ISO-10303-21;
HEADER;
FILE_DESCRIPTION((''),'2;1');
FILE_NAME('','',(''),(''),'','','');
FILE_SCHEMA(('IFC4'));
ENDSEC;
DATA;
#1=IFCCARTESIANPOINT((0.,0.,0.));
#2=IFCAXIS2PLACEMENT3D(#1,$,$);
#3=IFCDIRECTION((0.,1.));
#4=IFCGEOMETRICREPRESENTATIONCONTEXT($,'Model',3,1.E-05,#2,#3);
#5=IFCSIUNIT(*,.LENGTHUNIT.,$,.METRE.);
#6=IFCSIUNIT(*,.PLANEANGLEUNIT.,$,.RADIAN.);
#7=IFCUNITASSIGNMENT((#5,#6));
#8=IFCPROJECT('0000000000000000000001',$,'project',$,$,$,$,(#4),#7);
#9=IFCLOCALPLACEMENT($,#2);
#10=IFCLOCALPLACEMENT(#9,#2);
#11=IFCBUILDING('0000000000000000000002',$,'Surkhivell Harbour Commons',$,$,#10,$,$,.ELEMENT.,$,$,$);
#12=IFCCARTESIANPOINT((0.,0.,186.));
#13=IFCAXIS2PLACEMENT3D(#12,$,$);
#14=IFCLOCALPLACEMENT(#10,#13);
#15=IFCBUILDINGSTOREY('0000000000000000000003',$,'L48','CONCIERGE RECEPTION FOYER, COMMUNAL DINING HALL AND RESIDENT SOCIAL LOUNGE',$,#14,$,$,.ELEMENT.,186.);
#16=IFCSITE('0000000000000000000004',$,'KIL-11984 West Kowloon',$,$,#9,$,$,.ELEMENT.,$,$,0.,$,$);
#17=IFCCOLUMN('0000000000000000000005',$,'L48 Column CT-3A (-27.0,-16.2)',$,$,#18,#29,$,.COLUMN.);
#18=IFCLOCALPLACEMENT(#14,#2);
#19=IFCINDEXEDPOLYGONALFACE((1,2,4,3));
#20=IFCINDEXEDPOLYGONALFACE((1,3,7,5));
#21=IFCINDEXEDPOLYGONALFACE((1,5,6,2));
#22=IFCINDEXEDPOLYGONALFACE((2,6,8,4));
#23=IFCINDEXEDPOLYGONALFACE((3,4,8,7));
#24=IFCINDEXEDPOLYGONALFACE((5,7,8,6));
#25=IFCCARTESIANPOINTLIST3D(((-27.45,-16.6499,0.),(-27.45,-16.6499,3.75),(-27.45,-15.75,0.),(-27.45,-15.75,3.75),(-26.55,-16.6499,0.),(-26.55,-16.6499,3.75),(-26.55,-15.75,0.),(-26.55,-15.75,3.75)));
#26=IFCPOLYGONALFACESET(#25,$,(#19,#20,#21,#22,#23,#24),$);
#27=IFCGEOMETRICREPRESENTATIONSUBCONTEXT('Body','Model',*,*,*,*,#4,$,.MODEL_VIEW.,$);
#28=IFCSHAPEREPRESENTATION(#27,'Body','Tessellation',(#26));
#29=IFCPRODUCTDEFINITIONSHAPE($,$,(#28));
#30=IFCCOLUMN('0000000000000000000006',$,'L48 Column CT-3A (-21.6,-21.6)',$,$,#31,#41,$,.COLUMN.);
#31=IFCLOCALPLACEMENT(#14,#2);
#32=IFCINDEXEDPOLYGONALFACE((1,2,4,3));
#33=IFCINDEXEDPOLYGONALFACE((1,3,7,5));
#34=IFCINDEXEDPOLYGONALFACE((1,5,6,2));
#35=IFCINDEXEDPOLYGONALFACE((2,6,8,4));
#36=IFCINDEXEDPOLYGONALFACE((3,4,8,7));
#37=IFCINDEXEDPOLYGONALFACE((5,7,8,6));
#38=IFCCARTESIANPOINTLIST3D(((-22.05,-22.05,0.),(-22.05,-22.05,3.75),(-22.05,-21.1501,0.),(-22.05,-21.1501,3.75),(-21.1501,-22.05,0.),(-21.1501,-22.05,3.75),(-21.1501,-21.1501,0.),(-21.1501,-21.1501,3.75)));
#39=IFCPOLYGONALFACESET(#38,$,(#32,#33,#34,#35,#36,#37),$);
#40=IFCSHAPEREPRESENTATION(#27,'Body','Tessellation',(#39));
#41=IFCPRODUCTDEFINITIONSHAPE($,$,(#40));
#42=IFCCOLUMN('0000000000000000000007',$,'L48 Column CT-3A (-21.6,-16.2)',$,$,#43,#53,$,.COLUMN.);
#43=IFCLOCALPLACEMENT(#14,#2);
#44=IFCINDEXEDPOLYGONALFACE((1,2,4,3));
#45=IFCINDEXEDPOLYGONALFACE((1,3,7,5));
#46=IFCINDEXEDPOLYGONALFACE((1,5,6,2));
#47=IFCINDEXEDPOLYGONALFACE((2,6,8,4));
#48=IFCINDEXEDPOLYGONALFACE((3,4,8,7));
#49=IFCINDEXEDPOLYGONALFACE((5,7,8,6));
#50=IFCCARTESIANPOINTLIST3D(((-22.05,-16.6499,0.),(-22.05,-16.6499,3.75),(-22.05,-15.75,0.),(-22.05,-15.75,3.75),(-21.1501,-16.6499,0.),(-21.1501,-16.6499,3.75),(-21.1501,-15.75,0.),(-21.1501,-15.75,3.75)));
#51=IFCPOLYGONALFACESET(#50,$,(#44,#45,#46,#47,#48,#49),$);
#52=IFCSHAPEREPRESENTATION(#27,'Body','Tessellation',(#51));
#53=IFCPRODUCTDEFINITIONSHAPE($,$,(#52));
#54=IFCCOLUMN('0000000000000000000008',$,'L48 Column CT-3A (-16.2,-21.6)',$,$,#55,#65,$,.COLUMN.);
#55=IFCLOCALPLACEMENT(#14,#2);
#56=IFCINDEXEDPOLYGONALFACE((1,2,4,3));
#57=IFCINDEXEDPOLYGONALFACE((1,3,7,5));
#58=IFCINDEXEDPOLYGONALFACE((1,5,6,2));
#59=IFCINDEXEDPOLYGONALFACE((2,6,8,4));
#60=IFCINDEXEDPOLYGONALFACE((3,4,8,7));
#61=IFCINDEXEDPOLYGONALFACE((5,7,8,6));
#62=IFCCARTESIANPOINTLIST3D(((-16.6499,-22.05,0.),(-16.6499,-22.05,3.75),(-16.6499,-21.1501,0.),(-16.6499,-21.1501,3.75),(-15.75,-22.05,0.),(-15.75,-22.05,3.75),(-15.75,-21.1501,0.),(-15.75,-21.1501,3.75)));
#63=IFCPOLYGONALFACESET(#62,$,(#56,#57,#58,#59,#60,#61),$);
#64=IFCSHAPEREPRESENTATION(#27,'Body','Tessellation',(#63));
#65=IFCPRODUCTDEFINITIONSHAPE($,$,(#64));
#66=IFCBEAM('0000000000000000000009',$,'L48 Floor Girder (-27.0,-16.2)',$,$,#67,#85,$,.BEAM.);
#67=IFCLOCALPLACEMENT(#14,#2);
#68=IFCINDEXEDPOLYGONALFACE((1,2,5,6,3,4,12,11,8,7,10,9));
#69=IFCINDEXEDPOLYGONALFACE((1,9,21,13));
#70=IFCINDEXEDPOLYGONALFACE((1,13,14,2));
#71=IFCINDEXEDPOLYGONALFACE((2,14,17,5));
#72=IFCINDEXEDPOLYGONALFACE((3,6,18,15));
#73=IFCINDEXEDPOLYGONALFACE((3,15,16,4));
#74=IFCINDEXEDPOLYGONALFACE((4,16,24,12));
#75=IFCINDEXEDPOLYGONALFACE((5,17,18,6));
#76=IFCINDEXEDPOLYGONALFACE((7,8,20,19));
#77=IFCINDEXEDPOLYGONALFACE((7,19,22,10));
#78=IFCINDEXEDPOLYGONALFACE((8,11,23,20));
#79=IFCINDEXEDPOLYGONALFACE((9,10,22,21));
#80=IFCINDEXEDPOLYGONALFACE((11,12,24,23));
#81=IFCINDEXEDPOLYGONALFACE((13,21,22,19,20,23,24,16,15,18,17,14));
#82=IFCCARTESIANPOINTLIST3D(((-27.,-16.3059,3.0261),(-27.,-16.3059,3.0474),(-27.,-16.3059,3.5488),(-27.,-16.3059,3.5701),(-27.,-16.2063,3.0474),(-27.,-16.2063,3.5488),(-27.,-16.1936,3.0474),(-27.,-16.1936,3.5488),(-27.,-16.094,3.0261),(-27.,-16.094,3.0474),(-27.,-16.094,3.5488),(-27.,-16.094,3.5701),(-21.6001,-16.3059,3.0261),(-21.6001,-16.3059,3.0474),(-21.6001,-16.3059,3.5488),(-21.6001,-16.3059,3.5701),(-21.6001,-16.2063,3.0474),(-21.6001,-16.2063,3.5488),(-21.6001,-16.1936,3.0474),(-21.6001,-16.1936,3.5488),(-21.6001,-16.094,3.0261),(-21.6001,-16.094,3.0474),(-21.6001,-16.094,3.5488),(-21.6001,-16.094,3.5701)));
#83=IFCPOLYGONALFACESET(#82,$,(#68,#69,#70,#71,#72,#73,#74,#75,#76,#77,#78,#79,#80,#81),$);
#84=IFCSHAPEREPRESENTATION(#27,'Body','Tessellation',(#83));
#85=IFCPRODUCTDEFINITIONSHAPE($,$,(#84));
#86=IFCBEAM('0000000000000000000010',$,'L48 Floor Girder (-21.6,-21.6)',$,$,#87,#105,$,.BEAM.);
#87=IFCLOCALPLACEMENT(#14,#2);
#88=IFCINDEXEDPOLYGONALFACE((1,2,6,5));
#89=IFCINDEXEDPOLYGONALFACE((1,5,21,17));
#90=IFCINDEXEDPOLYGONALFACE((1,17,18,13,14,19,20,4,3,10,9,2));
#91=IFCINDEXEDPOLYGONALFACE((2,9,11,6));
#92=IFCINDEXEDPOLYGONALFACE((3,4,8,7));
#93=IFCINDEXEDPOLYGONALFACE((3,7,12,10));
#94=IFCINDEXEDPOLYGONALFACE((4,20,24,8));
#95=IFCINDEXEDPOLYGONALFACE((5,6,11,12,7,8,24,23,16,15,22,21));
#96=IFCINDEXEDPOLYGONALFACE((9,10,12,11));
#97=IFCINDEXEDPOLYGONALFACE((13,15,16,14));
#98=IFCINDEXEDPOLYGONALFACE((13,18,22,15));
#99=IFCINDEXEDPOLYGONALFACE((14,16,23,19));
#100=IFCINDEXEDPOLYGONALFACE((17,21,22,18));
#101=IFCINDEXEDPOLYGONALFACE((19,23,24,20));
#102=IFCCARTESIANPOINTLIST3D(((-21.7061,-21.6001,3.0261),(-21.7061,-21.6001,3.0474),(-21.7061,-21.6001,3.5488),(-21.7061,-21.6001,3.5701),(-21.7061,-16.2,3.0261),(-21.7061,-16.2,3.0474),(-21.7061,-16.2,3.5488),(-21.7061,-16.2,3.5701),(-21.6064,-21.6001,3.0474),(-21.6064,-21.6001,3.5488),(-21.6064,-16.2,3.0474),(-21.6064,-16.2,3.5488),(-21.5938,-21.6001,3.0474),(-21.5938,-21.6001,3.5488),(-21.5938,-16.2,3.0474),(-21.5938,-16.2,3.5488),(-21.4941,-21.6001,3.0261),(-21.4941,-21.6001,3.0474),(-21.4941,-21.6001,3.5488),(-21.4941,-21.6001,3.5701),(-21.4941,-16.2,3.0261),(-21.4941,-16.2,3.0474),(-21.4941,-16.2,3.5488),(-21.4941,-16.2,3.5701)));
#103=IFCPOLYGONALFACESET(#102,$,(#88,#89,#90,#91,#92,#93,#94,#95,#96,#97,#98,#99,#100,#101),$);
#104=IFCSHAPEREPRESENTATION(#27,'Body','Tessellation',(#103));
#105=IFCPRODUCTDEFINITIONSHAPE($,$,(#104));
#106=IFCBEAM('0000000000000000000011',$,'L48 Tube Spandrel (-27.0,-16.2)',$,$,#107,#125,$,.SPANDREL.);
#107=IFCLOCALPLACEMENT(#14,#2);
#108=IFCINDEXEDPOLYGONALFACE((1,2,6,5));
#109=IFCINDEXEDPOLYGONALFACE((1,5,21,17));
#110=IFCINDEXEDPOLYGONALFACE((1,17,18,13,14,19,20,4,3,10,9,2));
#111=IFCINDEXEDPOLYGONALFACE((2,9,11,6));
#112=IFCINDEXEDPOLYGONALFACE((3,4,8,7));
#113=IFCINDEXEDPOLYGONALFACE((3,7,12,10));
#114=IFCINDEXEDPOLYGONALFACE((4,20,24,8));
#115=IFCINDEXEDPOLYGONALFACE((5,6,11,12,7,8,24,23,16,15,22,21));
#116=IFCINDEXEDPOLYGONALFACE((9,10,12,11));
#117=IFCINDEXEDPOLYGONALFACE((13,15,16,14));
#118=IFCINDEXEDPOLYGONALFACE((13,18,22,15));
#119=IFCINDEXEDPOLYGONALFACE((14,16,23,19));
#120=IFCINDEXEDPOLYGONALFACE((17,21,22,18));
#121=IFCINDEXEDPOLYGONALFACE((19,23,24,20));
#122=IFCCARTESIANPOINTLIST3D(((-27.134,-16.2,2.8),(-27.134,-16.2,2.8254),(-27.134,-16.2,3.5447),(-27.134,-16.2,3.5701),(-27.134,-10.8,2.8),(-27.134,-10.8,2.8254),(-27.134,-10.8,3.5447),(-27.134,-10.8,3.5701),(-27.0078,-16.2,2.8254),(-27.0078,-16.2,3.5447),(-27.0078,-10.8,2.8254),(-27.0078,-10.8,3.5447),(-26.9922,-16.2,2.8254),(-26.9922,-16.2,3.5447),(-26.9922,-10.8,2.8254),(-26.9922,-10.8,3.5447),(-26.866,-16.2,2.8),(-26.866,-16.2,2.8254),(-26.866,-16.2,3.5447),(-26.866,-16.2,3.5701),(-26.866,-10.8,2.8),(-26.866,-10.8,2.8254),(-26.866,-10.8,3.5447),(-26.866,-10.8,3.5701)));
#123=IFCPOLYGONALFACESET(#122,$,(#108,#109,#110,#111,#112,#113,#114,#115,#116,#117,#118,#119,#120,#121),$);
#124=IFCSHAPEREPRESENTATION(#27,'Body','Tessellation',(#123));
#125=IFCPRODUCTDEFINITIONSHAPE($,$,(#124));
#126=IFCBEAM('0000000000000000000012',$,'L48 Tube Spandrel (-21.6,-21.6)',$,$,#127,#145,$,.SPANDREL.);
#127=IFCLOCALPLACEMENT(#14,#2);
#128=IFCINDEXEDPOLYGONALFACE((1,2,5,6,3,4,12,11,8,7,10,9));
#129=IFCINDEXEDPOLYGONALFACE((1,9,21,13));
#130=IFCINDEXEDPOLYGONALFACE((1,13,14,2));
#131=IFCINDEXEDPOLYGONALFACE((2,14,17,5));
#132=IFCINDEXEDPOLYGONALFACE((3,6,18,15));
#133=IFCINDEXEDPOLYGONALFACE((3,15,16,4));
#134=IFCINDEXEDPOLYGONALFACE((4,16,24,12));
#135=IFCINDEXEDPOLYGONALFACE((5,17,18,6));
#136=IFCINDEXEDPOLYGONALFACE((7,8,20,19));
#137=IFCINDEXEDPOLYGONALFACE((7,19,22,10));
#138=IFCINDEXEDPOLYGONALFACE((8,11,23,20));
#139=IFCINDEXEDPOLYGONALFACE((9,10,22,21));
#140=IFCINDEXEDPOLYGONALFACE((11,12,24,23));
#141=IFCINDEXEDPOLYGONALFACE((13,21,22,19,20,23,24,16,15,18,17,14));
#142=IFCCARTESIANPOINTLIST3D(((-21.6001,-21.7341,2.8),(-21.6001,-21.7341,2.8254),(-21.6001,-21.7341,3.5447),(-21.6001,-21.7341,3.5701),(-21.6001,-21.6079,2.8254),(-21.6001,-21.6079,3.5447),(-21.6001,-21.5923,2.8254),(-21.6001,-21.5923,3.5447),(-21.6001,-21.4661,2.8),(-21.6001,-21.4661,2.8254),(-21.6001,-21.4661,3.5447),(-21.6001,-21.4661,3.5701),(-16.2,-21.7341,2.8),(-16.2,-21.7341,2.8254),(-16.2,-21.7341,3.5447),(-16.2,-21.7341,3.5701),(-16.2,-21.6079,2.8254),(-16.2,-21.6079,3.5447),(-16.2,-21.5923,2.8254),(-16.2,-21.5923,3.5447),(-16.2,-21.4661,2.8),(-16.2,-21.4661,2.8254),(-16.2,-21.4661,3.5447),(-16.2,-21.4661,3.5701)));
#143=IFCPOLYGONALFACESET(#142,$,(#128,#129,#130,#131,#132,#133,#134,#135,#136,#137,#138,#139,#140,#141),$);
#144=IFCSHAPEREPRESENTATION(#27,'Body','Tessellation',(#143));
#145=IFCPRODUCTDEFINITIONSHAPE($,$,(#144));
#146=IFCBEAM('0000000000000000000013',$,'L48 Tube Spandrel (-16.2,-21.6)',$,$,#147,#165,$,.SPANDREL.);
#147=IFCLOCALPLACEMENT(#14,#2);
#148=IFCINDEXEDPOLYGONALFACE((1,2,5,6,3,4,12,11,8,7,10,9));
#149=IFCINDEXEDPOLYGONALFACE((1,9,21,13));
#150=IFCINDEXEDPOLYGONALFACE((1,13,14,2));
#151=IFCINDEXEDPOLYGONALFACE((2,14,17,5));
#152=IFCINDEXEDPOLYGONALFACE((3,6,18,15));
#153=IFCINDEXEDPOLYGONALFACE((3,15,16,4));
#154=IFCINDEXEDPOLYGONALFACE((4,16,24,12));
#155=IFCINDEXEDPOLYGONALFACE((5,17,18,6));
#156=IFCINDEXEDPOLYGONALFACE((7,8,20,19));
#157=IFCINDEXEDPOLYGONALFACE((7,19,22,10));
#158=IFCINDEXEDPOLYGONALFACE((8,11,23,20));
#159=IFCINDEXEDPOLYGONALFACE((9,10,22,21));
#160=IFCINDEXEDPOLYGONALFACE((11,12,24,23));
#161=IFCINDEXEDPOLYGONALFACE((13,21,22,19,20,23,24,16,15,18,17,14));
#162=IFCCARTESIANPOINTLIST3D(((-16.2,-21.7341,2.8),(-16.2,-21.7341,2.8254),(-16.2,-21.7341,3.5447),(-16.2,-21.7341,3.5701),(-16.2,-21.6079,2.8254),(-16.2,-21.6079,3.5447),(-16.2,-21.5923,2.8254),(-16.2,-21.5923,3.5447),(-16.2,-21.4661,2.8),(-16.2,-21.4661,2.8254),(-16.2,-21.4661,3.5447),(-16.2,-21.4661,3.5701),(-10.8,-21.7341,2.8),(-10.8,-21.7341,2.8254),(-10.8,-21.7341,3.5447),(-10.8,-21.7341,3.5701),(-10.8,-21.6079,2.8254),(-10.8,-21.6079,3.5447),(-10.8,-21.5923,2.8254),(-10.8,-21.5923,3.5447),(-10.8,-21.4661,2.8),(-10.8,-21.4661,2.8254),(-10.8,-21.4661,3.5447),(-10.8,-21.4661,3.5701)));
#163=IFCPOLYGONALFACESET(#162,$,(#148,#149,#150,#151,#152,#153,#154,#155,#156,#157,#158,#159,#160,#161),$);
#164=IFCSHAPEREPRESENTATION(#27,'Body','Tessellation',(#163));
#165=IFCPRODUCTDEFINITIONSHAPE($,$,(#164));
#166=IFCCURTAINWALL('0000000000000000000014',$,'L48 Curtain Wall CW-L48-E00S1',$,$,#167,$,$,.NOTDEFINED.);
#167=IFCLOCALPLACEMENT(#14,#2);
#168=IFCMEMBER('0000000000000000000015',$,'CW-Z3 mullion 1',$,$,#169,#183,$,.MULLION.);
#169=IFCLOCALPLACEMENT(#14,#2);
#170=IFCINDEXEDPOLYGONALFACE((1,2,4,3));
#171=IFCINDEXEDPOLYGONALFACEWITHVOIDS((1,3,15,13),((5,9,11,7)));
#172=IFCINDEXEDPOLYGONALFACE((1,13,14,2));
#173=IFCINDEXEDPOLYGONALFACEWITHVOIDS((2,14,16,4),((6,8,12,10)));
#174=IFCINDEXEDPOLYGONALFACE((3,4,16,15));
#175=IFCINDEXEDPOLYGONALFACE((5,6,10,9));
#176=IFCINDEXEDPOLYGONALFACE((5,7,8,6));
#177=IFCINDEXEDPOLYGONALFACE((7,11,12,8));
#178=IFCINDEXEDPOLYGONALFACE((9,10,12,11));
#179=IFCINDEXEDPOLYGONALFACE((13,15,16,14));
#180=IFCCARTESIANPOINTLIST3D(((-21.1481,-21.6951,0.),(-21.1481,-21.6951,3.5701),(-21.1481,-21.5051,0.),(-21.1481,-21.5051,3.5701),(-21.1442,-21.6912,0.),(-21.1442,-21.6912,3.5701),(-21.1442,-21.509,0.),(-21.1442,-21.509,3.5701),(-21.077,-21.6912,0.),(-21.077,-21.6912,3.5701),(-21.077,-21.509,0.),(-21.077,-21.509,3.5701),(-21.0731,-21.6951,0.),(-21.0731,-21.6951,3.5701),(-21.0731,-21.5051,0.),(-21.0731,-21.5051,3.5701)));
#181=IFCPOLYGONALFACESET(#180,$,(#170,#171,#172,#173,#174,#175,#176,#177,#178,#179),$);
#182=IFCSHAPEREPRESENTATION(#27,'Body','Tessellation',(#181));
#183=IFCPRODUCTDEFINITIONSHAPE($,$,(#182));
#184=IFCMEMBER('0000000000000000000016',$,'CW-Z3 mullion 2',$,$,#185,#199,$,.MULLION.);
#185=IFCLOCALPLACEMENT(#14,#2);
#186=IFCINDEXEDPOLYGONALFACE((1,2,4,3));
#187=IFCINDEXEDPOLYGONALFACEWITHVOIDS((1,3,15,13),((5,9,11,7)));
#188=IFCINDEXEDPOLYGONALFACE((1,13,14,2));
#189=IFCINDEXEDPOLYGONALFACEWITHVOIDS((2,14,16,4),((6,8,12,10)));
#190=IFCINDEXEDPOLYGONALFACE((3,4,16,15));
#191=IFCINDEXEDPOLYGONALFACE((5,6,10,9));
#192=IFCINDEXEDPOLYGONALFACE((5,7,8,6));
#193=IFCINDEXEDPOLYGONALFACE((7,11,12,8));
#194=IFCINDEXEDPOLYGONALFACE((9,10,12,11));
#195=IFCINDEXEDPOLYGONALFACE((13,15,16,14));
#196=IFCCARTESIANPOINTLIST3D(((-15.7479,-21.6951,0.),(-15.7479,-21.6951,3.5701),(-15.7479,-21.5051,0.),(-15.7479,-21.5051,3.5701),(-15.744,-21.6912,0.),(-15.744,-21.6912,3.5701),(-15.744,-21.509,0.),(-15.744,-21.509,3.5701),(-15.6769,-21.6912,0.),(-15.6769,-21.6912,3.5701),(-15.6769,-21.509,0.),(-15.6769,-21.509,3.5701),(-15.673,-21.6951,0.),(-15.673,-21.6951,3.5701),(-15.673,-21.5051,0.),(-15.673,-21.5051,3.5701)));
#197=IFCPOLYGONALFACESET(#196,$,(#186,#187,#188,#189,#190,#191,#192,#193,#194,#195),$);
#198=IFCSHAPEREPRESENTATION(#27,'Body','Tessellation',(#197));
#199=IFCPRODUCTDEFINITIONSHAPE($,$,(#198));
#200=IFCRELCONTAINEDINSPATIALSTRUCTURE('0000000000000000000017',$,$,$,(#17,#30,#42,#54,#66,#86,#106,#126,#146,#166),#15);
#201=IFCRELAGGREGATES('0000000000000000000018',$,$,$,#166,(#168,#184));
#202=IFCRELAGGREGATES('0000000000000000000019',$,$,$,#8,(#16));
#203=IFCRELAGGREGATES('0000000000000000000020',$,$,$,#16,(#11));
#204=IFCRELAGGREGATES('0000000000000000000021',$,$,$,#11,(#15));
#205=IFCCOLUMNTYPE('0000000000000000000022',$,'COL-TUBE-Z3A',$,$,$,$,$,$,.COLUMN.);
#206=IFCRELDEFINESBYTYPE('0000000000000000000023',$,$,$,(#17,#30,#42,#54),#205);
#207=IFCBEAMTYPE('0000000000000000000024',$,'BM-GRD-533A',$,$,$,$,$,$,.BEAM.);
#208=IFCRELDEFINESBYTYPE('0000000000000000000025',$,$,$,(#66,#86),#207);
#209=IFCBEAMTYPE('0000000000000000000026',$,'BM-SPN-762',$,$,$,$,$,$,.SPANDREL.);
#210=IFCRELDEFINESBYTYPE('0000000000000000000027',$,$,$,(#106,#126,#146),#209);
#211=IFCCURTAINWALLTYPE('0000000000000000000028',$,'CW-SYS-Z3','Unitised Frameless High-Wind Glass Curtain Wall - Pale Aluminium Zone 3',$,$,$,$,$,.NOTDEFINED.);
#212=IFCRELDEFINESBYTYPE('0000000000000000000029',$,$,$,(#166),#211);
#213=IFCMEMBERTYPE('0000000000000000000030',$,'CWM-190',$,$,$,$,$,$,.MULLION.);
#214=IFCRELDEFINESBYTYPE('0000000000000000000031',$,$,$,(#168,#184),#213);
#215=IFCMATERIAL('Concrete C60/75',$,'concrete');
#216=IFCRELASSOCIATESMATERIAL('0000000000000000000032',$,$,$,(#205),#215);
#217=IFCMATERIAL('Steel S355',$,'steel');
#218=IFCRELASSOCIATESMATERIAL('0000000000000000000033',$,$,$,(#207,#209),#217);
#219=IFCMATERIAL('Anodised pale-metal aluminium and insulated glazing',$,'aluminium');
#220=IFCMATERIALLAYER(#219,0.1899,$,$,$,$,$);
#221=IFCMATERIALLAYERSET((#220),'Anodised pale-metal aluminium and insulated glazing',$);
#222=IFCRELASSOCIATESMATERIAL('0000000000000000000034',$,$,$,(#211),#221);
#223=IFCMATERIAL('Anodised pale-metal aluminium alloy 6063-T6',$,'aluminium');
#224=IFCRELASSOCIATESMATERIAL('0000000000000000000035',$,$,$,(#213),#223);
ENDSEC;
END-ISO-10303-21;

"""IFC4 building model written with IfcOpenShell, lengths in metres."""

from ifc_helpers import new_model, si_unit, direction, frame, origin, origin_2d, place, context, subcontext, project, spatial, rectangle, hollow_rectangle, i_section, extrude, material, layer, layer_set, material_profile, profile_set, type_object, element, aggregate, save


model = new_model("IFC4")

# Units and contexts
model_context = context("Model", 3, precision=1e-05, world=origin(), true_north=direction((0.0, 1.0)))
body_context = subcontext(model_context, "Body", "Model", "MODEL_VIEW")
ifc_project = project(units=[si_unit("LENGTHUNIT", "METRE"), si_unit("PLANEANGLEUNIT", "RADIAN")], contexts=[model_context])

# Site, building, storey
site_placement = place(None, origin())
site = spatial("IfcSite", under=ifc_project, at=site_placement, Name="KIL-11984 West Kowloon", CompositionType="ELEMENT", RefElevation=0.0)
building_placement = place(site_placement, origin())
building = spatial("IfcBuilding", under=site, at=building_placement, Name="Surkhivell Harbour Commons", CompositionType="ELEMENT")
storey_placement = place(building_placement, frame((0.0, 0.0, 186.0)))
storey = spatial("IfcBuildingStorey", under=building, at=storey_placement, Name="L48", Description="CONCIERGE RECEPTION FOYER, COMMUNAL DINING HALL AND RESIDENT SOCIAL LOUNGE", CompositionType="ELEMENT", Elevation=186.0)

# Columns
ifc_material_1 = material(Name="Concrete C60/75", Category="concrete")
ifc_material_profile_1 = material_profile(ifc_material_1, rectangle(XDim=0.8999, YDim=0.8999, at=origin_2d()), Name="RC-COL-900x900")
ifc_profile_set_1 = profile_set([ifc_material_profile_1], Name="Concrete C60/75")
column_type = type_object("IfcColumnType", Name="COL-TUBE-Z3A", PredefinedType="COLUMN", material=ifc_profile_set_1)
for number, where, z_axis, x_axis, name in (
    (1, (-27.0, -16.2, 0.0), (0.0, 0.0, 1.0), (1.0, 0.0, 0.0), "L48 Column CT-3A (-27.0,-16.2)"),
    (2, (-21.6001, -21.6001, 0.0), (0.0, 0.0, 1.0), (1.0, 0.0, 0.0), "L48 Column CT-3A (-21.6,-21.6)"),
    (3, (-21.6001, -16.2, 0.0), (0.0, 0.0, 1.0), (1.0, 0.0, 0.0), "L48 Column CT-3A (-21.6,-16.2)"),
    (4, (-16.2, -21.6001, 0.0), (0.0, 0.0, 1.0), (1.0, 0.0, 0.0), "L48 Column CT-3A (-16.2,-21.6)"),
):
    element("IfcColumn", number, at=place(storey_placement, frame(where, z_axis=z_axis, x_axis=x_axis)), inside=storey, type_object=column_type, Name=name, PredefinedType="COLUMN", context=body_context, shape_type="SweptSolid", body=[
        extrude(rectangle(XDim=0.8999, YDim=0.8999, at=origin_2d()), origin(), (0.0, 0.0, 1.0), 3.75),
    ])

# Beams
ifc_material_2 = material(Name="Steel S355", Category="steel")
ifc_material_profile_2 = material_profile(ifc_material_2, i_section(OverallWidth=0.2119, OverallDepth=0.5439, WebThickness=0.0127, FlangeThickness=0.0212, at=origin_2d()), Name="UB533x210x122")
ifc_profile_set_2 = profile_set([ifc_material_profile_2], Name="Steel S355")
beam_type_1 = type_object("IfcBeamType", Name="BM-GRD-533A", PredefinedType="BEAM", material=ifc_profile_set_2)
beam_1_placement = place(storey_placement, frame((-27.0, -16.2, 3.2981), z_axis=(1.0, 0.0, 0.0), x_axis=(0.0, 1.0, 0.0)))
element("IfcBeam", 5, at=beam_1_placement, inside=storey, type_object=beam_type_1, Name="L48 Floor Girder (-27.0,-16.2)", PredefinedType="BEAM", context=body_context, shape_type="SweptSolid", body=[
    extrude(i_section(OverallWidth=0.2119, OverallDepth=0.5439, WebThickness=0.0127, FlangeThickness=0.0212, at=origin_2d()), origin(), (0.0, 0.0, 1.0), 5.3999),
])
beam_2_placement = place(storey_placement, frame((-21.6001, -21.6001, 3.2981), z_axis=(0.0, 1.0, 0.0), x_axis=(-1.0, 0.0, 0.0)))
element("IfcBeam", 6, at=beam_2_placement, inside=storey, type_object=beam_type_1, Name="L48 Floor Girder (-21.6,-21.6)", PredefinedType="BEAM", context=body_context, shape_type="SweptSolid", body=[
    extrude(i_section(OverallWidth=0.2119, OverallDepth=0.5439, WebThickness=0.0127, FlangeThickness=0.0212, at=origin_2d()), origin(), (0.0, 0.0, 1.0), 5.4001),
])
ifc_material_profile_3 = material_profile(ifc_material_2, i_section(OverallWidth=0.2681, OverallDepth=0.77, WebThickness=0.0156, FlangeThickness=0.0254, at=origin_2d()), Name="UB762x267x197")
ifc_profile_set_3 = profile_set([ifc_material_profile_3], Name="Steel S355")
beam_type_2 = type_object("IfcBeamType", Name="BM-SPN-762", PredefinedType="SPANDREL", material=ifc_profile_set_3)
beam_3_placement = place(storey_placement, frame((-27.0, -16.2, 3.1851), z_axis=(0.0, 1.0, 0.0), x_axis=(-1.0, 0.0, 0.0)))
element("IfcBeam", 7, at=beam_3_placement, inside=storey, type_object=beam_type_2, Name="L48 Tube Spandrel (-27.0,-16.2)", PredefinedType="SPANDREL", context=body_context, shape_type="SweptSolid", body=[
    extrude(i_section(OverallWidth=0.2681, OverallDepth=0.77, WebThickness=0.0156, FlangeThickness=0.0254, at=origin_2d()), origin(), (0.0, 0.0, 1.0), 5.3999),
])
beam_4_placement = place(storey_placement, frame((-21.6001, -21.6001, 3.1851), z_axis=(1.0, 0.0, 0.0), x_axis=(0.0, 1.0, 0.0)))
element("IfcBeam", 8, at=beam_4_placement, inside=storey, type_object=beam_type_2, Name="L48 Tube Spandrel (-21.6,-21.6)", PredefinedType="SPANDREL", context=body_context, shape_type="SweptSolid", body=[
    extrude(i_section(OverallWidth=0.2681, OverallDepth=0.77, WebThickness=0.0156, FlangeThickness=0.0254, at=origin_2d()), origin(), (0.0, 0.0, 1.0), 5.4001),
])
beam_5_placement = place(storey_placement, frame((-16.2, -21.6001, 3.1851), z_axis=(1.0, 0.0, 0.0), x_axis=(0.0, 1.0, 0.0)))
element("IfcBeam", 9, at=beam_5_placement, inside=storey, type_object=beam_type_2, Name="L48 Tube Spandrel (-16.2,-21.6)", PredefinedType="SPANDREL", context=body_context, shape_type="SweptSolid", body=[
    extrude(i_section(OverallWidth=0.2681, OverallDepth=0.77, WebThickness=0.0156, FlangeThickness=0.0254, at=origin_2d()), origin(), (0.0, 0.0, 1.0), 5.3999),
])

# Curtain wall, members
ifc_material_3 = material(Name="Anodised pale-metal aluminium and insulated glazing", Category="aluminium")
ifc_layer_1 = layer(ifc_material_3, 0.1899)
ifc_layer_set_1 = layer_set([ifc_layer_1], Name="Anodised pale-metal aluminium and insulated glazing")
curtain_wall_type = type_object("IfcCurtainWallType", Name="CW-SYS-Z3", Description="Unitised Frameless High-Wind Glass Curtain Wall - Pale Aluminium Zone 3", PredefinedType="NOTDEFINED", material=ifc_layer_set_1)
curtain_wall_placement = place(storey_placement, origin())
curtain_wall = element("IfcCurtainWall", 10, at=curtain_wall_placement, inside=storey, type_object=curtain_wall_type, Name="L48 Curtain Wall CW-L48-E00S1", PredefinedType="NOTDEFINED")
ifc_material_4 = material(Name="Anodised pale-metal aluminium alloy 6063-T6", Category="aluminium")
ifc_material_profile_4 = material_profile(ifc_material_4, hollow_rectangle(XDim=0.075, YDim=0.1899, WallThickness=0.0039, at=origin_2d()), Name="ALU-MULL-75x190")
ifc_profile_set_4 = profile_set([ifc_material_profile_4], Name="Anodised pale-metal aluminium alloy 6063-T6")
member_type_1 = type_object("IfcMemberType", Name="CWM-190", PredefinedType="MULLION", material=ifc_profile_set_4)
member_1_placement = place(storey_placement, frame((-21.1106, -21.6001, 0.0), z_axis=(0.0, 0.0, 1.0), x_axis=(1.0, 0.0, 0.0)))
member_1 = element("IfcMember", 11, at=member_1_placement, type_object=member_type_1, Name="CW-Z3 mullion 1", PredefinedType="MULLION", context=body_context, shape_type="SweptSolid", body=[
    extrude(hollow_rectangle(XDim=0.075, YDim=0.1899, WallThickness=0.0039, at=origin_2d()), origin(), (0.0, 0.0, 1.0), 3.5701),
])
member_2_placement = place(storey_placement, frame((-15.7104, -21.6001, 0.0), z_axis=(0.0, 0.0, 1.0), x_axis=(1.0, 0.0, 0.0)))
member_2 = element("IfcMember", 12, at=member_2_placement, type_object=member_type_1, Name="CW-Z3 mullion 2", PredefinedType="MULLION", context=body_context, shape_type="SweptSolid", body=[
    extrude(hollow_rectangle(XDim=0.075, YDim=0.1899, WallThickness=0.0039, at=origin_2d()), origin(), (0.0, 0.0, 1.0), 3.5701),
])
aggregate(curtain_wall, [member_1, member_2])

save(model, "model.ifc")
